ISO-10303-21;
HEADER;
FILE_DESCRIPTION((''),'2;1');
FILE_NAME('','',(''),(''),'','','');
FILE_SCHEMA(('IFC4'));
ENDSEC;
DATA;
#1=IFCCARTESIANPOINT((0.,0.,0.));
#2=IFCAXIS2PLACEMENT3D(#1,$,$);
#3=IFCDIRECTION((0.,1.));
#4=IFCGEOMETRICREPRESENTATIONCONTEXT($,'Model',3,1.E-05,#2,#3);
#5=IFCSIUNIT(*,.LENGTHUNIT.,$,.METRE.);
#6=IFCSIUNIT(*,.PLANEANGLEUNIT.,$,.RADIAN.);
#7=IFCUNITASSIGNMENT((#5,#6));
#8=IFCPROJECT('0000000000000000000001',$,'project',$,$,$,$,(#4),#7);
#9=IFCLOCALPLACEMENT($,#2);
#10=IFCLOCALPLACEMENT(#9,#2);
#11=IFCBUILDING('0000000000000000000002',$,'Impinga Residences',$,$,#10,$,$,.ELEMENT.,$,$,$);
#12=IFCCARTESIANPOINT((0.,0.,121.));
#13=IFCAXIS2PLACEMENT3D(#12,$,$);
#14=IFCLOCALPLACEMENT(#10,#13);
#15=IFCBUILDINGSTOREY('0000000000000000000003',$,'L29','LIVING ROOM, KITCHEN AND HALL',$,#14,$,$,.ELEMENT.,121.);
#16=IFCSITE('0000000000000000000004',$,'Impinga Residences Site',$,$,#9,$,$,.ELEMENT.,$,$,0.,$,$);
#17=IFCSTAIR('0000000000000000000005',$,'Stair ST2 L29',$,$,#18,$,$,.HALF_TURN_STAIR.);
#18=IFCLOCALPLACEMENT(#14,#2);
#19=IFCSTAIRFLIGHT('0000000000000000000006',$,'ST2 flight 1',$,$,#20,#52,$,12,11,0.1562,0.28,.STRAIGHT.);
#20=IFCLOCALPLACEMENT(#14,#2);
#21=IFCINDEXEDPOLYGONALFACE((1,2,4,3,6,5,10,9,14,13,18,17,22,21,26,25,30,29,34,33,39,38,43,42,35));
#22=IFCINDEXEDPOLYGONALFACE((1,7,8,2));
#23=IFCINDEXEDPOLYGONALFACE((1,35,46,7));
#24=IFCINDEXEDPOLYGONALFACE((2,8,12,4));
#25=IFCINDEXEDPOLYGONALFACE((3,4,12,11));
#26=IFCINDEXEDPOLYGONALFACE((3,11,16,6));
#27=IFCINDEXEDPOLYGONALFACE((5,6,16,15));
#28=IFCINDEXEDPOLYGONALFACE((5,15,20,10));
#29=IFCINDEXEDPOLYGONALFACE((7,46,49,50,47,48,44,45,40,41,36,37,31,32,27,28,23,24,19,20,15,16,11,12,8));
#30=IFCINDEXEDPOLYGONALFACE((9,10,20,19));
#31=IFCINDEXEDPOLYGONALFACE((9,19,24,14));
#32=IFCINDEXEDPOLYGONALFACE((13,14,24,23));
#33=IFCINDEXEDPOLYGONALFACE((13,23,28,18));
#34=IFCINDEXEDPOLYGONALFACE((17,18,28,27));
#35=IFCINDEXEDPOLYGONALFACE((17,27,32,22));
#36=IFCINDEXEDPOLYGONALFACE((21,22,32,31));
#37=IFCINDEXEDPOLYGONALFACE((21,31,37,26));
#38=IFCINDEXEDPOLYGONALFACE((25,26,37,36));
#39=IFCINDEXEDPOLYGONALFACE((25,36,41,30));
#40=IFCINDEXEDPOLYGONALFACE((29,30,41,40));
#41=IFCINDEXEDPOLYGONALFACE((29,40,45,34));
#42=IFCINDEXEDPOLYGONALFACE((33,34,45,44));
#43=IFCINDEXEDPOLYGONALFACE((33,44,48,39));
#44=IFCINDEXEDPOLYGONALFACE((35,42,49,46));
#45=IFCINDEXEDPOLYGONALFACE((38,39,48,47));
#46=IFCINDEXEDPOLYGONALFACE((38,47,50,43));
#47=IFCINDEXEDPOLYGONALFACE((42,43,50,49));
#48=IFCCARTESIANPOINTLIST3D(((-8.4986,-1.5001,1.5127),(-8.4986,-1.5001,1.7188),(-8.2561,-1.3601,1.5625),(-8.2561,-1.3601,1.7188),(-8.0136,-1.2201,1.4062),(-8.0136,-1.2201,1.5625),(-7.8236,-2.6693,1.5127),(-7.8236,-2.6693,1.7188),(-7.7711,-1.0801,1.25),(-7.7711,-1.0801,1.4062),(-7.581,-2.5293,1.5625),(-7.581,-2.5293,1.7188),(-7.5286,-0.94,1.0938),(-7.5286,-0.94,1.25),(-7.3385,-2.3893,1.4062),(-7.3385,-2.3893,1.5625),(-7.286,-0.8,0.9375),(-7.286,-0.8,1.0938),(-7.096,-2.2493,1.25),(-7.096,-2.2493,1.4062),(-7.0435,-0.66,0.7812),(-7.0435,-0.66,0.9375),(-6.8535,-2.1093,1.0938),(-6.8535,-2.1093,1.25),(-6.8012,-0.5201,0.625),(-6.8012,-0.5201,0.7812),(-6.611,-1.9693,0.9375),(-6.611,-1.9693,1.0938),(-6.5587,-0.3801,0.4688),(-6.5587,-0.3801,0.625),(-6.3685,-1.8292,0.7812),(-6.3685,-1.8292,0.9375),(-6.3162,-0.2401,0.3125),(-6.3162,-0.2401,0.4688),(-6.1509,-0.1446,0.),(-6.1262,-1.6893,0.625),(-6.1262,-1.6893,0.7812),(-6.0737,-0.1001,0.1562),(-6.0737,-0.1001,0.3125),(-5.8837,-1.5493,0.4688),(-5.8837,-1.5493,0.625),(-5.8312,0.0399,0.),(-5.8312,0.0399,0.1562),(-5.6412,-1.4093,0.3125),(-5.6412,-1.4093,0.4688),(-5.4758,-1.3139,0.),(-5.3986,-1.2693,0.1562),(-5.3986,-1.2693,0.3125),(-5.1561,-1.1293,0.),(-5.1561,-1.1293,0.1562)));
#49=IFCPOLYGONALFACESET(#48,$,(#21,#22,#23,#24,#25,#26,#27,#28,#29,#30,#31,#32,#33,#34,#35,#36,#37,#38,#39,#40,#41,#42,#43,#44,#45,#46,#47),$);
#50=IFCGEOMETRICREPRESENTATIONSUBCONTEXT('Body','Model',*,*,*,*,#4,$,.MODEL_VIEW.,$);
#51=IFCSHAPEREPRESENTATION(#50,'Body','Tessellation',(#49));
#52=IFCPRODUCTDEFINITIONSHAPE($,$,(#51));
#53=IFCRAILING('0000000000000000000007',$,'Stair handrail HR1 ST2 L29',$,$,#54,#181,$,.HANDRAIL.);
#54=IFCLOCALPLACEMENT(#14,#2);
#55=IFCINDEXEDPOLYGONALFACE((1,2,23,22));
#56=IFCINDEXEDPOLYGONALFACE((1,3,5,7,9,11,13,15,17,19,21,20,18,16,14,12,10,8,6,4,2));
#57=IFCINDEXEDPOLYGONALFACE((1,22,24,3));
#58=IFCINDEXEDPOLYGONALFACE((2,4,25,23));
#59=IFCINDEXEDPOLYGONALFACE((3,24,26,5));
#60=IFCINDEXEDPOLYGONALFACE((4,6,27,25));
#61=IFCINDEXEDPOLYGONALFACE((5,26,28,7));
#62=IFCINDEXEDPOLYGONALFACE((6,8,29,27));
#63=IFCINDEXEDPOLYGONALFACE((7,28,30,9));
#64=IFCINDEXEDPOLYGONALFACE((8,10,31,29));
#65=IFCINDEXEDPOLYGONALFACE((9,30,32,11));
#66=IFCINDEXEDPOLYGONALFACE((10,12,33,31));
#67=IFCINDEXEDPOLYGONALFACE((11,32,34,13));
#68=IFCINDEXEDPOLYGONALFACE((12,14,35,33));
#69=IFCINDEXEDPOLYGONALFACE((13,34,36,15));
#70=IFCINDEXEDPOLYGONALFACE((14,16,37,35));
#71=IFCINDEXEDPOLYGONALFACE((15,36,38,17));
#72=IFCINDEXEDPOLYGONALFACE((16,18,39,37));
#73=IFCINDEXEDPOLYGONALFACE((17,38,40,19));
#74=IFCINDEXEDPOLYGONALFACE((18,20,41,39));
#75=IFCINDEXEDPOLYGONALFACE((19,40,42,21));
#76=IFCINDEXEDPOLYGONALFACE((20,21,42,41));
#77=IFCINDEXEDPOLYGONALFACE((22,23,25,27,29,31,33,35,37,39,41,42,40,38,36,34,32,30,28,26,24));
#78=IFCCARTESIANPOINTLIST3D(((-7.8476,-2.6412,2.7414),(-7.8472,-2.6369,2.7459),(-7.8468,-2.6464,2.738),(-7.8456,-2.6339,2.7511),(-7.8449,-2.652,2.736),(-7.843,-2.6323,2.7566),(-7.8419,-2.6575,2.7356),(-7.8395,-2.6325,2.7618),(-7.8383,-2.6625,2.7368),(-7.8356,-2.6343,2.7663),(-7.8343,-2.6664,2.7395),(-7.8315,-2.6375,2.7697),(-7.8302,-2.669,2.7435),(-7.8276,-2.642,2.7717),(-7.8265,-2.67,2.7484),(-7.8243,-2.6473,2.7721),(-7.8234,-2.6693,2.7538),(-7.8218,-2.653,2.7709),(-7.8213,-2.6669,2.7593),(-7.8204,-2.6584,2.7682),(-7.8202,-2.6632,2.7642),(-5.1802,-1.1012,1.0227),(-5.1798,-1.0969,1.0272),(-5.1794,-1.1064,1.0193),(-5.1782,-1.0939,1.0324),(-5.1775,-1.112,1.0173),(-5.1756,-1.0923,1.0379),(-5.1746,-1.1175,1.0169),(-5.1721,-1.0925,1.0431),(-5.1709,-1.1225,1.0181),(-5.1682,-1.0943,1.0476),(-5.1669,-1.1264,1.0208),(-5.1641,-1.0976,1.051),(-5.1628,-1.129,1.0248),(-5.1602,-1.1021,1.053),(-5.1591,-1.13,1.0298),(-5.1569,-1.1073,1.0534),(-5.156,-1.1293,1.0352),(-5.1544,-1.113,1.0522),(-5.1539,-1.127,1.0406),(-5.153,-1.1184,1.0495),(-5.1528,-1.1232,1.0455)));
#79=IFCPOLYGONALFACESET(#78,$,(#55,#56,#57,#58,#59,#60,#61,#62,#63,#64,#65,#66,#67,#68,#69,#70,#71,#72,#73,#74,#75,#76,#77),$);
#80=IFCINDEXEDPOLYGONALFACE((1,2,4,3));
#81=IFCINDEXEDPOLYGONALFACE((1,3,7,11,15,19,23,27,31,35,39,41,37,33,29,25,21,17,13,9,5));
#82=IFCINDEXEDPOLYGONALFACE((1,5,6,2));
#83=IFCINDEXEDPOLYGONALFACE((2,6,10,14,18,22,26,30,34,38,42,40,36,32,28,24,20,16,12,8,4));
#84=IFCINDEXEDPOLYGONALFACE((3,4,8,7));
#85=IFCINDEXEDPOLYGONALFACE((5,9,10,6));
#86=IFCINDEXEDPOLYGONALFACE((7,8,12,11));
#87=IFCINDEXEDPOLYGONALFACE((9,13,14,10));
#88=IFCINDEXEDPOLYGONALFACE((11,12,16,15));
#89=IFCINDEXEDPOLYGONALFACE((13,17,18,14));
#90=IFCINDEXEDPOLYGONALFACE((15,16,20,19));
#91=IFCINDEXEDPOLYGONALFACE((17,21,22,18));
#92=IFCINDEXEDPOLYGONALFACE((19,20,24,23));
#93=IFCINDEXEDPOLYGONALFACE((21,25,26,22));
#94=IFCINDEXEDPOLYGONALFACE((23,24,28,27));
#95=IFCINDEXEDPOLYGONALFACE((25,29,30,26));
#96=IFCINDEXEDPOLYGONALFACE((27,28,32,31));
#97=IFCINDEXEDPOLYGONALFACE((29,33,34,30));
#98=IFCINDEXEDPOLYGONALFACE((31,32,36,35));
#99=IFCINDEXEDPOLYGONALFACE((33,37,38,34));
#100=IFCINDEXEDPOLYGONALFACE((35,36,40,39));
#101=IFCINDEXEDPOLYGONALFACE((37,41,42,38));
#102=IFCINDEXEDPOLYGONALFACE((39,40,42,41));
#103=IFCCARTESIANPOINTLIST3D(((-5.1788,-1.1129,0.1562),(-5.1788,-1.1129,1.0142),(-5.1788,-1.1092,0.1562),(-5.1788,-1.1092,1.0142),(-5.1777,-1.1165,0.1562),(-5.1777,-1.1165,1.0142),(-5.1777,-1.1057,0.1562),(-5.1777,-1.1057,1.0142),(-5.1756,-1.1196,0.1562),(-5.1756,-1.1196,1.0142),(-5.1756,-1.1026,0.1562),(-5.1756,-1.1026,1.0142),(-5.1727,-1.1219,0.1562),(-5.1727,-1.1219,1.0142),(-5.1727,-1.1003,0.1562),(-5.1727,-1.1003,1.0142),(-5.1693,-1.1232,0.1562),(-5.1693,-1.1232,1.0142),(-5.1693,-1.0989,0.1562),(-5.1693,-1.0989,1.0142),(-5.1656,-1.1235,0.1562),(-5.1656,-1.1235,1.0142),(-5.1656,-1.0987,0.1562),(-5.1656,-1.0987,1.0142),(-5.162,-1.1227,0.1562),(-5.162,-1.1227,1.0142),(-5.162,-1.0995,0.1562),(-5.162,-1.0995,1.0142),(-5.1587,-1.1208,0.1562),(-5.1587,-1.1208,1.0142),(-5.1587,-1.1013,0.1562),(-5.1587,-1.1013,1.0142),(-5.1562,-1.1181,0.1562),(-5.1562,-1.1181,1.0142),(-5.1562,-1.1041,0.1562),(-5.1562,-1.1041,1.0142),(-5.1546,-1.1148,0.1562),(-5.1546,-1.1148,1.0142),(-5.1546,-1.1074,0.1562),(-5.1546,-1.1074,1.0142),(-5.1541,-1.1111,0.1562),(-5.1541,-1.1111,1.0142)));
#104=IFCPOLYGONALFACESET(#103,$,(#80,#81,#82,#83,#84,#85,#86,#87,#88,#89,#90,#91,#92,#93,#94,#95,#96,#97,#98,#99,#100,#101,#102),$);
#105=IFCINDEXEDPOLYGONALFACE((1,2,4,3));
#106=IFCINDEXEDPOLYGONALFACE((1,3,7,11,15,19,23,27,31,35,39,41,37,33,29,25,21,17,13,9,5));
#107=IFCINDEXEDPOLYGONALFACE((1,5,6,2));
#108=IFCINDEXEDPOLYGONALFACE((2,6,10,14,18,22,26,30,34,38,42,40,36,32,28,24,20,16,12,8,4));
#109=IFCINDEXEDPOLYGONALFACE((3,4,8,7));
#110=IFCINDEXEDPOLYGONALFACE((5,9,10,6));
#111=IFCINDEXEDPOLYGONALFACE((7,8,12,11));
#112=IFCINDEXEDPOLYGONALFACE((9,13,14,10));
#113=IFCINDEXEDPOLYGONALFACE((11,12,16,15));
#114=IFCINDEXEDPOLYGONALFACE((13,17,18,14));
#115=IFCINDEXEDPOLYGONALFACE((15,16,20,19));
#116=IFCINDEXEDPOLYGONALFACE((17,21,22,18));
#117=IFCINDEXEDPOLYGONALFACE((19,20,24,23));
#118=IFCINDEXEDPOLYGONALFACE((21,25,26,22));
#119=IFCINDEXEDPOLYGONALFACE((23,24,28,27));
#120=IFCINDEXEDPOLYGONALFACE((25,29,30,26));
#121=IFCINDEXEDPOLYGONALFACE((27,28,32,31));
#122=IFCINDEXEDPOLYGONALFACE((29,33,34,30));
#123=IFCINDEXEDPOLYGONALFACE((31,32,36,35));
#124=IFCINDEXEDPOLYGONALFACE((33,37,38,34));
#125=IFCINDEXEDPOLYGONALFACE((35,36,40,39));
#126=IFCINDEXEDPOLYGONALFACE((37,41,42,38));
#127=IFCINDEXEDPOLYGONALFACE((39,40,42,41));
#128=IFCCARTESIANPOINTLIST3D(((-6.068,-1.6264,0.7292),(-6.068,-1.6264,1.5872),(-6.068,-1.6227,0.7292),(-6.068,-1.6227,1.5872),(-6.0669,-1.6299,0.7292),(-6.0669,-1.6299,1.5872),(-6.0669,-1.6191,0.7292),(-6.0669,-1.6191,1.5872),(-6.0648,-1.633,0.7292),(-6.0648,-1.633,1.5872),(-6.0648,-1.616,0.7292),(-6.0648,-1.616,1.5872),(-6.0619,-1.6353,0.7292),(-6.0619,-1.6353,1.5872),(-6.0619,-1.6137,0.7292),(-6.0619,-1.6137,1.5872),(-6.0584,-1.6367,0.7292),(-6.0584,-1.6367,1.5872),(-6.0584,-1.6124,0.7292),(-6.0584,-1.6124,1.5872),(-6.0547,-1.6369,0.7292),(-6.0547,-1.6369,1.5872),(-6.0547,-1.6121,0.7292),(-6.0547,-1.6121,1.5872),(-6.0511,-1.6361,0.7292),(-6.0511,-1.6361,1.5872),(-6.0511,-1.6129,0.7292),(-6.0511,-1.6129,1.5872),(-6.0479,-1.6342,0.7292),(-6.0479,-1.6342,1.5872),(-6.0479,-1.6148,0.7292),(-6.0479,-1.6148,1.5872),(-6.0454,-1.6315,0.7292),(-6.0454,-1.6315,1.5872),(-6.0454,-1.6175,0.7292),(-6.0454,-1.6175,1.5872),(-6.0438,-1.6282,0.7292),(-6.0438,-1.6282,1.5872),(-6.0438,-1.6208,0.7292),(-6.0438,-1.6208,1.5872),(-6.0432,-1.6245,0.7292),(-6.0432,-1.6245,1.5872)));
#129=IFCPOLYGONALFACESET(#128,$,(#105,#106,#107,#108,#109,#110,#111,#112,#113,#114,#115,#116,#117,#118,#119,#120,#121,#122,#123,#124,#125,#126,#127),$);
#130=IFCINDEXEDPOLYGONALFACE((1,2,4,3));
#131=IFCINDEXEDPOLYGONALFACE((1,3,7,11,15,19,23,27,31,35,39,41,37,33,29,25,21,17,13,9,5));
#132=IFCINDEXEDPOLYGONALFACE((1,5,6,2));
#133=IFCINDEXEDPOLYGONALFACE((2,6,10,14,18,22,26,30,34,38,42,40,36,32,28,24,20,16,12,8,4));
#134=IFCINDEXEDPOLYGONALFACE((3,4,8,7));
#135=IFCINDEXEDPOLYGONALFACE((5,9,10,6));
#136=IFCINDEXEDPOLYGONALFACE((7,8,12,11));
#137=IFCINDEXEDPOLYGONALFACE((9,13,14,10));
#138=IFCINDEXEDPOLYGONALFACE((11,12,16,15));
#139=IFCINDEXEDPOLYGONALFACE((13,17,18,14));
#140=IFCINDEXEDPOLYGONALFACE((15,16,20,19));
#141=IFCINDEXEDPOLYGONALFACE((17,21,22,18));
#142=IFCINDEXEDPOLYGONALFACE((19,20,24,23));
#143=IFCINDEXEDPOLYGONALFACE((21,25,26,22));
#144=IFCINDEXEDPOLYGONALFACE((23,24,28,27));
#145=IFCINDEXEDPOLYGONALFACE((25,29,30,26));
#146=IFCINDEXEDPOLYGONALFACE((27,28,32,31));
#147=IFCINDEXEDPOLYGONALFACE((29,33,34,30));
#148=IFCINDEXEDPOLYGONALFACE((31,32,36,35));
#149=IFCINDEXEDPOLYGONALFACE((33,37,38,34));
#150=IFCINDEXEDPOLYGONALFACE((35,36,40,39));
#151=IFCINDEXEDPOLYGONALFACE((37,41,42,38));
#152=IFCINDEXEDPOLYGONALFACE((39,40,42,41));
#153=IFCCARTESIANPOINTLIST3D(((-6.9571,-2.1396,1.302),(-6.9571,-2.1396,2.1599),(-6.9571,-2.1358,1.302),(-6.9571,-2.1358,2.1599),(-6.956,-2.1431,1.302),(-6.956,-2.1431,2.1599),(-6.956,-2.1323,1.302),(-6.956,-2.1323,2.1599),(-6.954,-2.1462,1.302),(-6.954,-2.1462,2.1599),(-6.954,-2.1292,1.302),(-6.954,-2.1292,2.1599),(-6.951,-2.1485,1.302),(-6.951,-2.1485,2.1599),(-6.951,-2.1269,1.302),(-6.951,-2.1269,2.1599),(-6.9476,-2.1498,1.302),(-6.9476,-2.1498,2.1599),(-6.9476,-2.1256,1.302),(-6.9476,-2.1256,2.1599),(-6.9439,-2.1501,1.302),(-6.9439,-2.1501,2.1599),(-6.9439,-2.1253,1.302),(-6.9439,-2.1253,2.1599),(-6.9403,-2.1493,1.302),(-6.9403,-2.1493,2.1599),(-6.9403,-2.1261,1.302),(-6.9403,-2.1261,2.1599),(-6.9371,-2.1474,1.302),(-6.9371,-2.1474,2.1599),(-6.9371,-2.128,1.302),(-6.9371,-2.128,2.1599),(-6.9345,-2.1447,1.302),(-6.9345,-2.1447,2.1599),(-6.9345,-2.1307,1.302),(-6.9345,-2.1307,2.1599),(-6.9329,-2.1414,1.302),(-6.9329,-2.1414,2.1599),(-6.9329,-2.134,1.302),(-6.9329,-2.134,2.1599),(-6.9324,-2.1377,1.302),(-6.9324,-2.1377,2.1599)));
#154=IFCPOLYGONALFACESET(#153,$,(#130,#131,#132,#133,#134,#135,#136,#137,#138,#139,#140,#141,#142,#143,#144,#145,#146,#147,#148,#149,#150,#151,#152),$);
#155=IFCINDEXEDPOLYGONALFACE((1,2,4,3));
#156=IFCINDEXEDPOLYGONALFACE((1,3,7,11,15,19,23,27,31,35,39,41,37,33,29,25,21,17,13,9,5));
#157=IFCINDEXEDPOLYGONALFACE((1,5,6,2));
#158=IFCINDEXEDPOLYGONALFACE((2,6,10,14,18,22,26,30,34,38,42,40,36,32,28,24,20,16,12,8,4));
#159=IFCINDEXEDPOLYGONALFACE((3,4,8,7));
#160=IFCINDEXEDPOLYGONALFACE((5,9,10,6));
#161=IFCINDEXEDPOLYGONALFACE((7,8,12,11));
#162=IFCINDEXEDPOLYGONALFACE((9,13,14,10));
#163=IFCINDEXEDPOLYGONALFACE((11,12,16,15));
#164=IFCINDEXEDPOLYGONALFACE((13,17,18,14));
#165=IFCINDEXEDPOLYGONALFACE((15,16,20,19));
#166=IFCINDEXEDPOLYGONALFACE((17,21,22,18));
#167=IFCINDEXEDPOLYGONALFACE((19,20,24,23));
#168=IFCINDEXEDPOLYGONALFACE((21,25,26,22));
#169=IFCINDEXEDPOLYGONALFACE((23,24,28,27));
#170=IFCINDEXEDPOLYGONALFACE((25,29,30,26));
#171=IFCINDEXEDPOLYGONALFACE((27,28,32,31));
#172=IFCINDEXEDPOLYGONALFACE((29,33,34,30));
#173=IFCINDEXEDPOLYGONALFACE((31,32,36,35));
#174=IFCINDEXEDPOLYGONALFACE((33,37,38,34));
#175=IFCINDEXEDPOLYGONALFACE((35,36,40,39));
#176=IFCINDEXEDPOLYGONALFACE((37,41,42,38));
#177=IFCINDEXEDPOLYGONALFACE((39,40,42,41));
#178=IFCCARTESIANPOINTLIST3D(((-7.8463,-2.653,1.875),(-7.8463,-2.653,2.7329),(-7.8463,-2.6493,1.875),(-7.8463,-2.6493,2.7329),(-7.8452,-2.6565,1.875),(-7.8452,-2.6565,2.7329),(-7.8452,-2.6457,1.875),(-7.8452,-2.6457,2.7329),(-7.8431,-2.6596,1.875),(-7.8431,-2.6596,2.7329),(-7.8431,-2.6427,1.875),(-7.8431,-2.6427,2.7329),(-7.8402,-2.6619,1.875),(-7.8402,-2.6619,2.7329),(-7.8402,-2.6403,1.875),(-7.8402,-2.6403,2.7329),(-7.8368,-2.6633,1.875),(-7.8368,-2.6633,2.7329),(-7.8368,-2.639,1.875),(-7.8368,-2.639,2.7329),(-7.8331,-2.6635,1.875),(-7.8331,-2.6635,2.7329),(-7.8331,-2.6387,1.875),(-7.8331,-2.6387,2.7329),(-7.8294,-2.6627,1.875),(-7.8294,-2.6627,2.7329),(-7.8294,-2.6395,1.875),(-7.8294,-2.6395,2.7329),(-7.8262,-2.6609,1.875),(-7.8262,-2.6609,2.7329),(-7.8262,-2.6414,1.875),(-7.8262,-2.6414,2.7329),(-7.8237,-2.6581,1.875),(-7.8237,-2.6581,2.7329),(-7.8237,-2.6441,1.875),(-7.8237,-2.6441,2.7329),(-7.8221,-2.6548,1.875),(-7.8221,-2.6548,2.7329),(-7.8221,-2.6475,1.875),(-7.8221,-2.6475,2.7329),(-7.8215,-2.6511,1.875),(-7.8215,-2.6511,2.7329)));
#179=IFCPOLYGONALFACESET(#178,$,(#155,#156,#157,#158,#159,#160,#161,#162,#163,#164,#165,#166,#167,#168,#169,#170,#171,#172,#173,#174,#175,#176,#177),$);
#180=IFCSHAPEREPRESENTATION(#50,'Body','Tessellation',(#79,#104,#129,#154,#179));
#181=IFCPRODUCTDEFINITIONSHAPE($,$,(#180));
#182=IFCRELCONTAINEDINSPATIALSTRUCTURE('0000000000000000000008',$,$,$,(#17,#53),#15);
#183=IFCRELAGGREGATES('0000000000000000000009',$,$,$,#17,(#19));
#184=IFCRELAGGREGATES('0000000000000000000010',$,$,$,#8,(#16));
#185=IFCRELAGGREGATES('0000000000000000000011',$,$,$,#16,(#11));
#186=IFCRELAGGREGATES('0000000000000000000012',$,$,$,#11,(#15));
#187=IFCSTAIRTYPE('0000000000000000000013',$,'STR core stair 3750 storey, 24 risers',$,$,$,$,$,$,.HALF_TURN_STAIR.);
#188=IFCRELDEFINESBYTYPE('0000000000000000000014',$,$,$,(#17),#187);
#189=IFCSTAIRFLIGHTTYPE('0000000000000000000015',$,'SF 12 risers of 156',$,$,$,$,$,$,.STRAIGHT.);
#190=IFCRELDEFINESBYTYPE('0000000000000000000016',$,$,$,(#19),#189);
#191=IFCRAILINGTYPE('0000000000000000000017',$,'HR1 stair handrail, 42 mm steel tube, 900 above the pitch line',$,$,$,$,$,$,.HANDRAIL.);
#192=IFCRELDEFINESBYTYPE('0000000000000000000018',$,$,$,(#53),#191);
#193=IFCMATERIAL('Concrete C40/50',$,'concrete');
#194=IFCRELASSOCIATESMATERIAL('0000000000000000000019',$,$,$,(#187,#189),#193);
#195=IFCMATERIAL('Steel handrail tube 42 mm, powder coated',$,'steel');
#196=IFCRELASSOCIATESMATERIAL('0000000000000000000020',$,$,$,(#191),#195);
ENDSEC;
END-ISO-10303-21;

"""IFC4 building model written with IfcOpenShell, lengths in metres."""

from ifc_helpers import new_model, si_unit, direction, frame, origin, origin_2d, place, context, subcontext, project, spatial, polyline, circle, outline, extrude, material, type_object, element, aggregate, save


model = new_model("IFC4")

# Units and contexts
model_context = context("Model", 3, precision=1e-05, world=origin(), true_north=direction((0.0, 1.0)))
body_context = subcontext(model_context, "Body", "Model", "MODEL_VIEW")
ifc_project = project(units=[si_unit("LENGTHUNIT", "METRE"), si_unit("PLANEANGLEUNIT", "RADIAN")], contexts=[model_context])

# Site, building, storey
site_placement = place(None, origin())
site = spatial("IfcSite", under=ifc_project, at=site_placement, Name="Impinga Residences Site", CompositionType="ELEMENT", RefElevation=0.0)
building_placement = place(site_placement, origin())
building = spatial("IfcBuilding", under=site, at=building_placement, Name="Impinga Residences", CompositionType="ELEMENT")
storey_placement = place(building_placement, frame((0.0, 0.0, 121.0)))
storey = spatial("IfcBuildingStorey", under=building, at=storey_placement, Name="L29", Description="LIVING ROOM, KITCHEN AND HALL", CompositionType="ELEMENT", Elevation=121.0)

# Shared definitions
ifc_material_1 = material(Name="Concrete C40/50", Category="concrete")
stair_type = type_object("IfcStairType", Name="STR core stair 3750 storey, 24 risers", PredefinedType="HALF_TURN_STAIR", material=ifc_material_1)

# Stair, stair flight
stair_1_placement = place(storey_placement, origin())
stair_1 = element("IfcStair", 1, at=stair_1_placement, inside=storey, type_object=stair_type, Name="Stair ST2 L29", PredefinedType="HALF_TURN_STAIR")
stair_flight_type = type_object("IfcStairFlightType", Name="SF 12 risers of 156", PredefinedType="STRAIGHT", material=ifc_material_1)
stair_flight_placement = place(storey_placement, frame((-5.4937, -0.5447, 0.0), z_axis=(0.0, 0.0, 1.0), x_axis=(-0.866025, -0.5, 0.0)))
stair_flight = element("IfcStairFlight", 2, at=stair_flight_placement, type_object=stair_flight_type, Name="ST2 flight 1", NumberOfRisers=12, NumberOfTreads=11, PredefinedType="STRAIGHT", RiserHeight=0.1562, TreadLength=0.28, context=body_context, shape_type="SweptSolid", body=[
    extrude(outline(polyline([(0.0, 0.0), (0.0, 0.1562), (0.28, 0.1562), (0.28, 0.3125), (0.5601, 0.3125), (0.5601, 0.4688), (0.8401, 0.4688), (0.8401, 0.625), (1.1201, 0.625), (1.1201, 0.7812), (1.3999, 0.7812), (1.3999, 0.9375), (1.6799, 0.9375), (1.6799, 1.0938), (1.96, 1.0938), (1.96, 1.25), (2.24, 1.25), (2.24, 1.4062), (2.52, 1.4062), (2.52, 1.5625), (2.8, 1.5625), (2.8, 1.7188), (3.0801, 1.7188), (3.0801, 1.875), (3.0801, 1.5127), (0.3691, 0.0), (0.0, 0.0)])), frame((0.0, 0.675, 0.0), z_axis=(0.0, -1.0, 0.0), x_axis=(1.0, 0.0, 0.0)), (0.0, 0.0, 1.0), 1.3501),
])
aggregate(stair_1, [stair_flight])

# Railing
ifc_material_2 = material(Name="Steel handrail tube 42 mm, powder coated", Category="steel")
railing_type = type_object("IfcRailingType", Name="HR1 stair handrail, 42 mm steel tube, 900 above the pitch line", PredefinedType="HANDRAIL", material=ifc_material_2)
railing_placement = place(storey_placement, frame((-5.1665, -1.1111, 0.1562)))
element("IfcRailing", 3, at=railing_placement, inside=storey, type_object=railing_type, Name="Stair handrail HR1 ST2 L29", PredefinedType="HANDRAIL", context=body_context, shape_type="SweptSolid", body=[
    extrude(circle(Radius=0.021, at=origin_2d()), frame((0.0, 0.0, 0.8789), z_axis=(-0.756256, -0.436616, 0.487282), x_axis=(0.499992, -0.86603, 0.0)), (0.0, 0.0, 1.0), 3.5271),
    extrude(circle(Radius=0.0125, at=origin_2d()), origin(), (0.0, 0.0, 1.0), 0.8579),
    extrude(circle(Radius=0.0125, at=origin_2d()), frame((-0.8892, -0.5134, 0.573)), (0.0, 0.0, 1.0), 0.8579),
    extrude(circle(Radius=0.0125, at=origin_2d()), frame((-1.7783, -1.0266, 1.1458)), (0.0, 0.0, 1.0), 0.8579),
    extrude(circle(Radius=0.0125, at=origin_2d()), frame((-2.6675, -1.54, 1.7188)), (0.0, 0.0, 1.0), 0.8579),
])

save(model, "model.ifc")
